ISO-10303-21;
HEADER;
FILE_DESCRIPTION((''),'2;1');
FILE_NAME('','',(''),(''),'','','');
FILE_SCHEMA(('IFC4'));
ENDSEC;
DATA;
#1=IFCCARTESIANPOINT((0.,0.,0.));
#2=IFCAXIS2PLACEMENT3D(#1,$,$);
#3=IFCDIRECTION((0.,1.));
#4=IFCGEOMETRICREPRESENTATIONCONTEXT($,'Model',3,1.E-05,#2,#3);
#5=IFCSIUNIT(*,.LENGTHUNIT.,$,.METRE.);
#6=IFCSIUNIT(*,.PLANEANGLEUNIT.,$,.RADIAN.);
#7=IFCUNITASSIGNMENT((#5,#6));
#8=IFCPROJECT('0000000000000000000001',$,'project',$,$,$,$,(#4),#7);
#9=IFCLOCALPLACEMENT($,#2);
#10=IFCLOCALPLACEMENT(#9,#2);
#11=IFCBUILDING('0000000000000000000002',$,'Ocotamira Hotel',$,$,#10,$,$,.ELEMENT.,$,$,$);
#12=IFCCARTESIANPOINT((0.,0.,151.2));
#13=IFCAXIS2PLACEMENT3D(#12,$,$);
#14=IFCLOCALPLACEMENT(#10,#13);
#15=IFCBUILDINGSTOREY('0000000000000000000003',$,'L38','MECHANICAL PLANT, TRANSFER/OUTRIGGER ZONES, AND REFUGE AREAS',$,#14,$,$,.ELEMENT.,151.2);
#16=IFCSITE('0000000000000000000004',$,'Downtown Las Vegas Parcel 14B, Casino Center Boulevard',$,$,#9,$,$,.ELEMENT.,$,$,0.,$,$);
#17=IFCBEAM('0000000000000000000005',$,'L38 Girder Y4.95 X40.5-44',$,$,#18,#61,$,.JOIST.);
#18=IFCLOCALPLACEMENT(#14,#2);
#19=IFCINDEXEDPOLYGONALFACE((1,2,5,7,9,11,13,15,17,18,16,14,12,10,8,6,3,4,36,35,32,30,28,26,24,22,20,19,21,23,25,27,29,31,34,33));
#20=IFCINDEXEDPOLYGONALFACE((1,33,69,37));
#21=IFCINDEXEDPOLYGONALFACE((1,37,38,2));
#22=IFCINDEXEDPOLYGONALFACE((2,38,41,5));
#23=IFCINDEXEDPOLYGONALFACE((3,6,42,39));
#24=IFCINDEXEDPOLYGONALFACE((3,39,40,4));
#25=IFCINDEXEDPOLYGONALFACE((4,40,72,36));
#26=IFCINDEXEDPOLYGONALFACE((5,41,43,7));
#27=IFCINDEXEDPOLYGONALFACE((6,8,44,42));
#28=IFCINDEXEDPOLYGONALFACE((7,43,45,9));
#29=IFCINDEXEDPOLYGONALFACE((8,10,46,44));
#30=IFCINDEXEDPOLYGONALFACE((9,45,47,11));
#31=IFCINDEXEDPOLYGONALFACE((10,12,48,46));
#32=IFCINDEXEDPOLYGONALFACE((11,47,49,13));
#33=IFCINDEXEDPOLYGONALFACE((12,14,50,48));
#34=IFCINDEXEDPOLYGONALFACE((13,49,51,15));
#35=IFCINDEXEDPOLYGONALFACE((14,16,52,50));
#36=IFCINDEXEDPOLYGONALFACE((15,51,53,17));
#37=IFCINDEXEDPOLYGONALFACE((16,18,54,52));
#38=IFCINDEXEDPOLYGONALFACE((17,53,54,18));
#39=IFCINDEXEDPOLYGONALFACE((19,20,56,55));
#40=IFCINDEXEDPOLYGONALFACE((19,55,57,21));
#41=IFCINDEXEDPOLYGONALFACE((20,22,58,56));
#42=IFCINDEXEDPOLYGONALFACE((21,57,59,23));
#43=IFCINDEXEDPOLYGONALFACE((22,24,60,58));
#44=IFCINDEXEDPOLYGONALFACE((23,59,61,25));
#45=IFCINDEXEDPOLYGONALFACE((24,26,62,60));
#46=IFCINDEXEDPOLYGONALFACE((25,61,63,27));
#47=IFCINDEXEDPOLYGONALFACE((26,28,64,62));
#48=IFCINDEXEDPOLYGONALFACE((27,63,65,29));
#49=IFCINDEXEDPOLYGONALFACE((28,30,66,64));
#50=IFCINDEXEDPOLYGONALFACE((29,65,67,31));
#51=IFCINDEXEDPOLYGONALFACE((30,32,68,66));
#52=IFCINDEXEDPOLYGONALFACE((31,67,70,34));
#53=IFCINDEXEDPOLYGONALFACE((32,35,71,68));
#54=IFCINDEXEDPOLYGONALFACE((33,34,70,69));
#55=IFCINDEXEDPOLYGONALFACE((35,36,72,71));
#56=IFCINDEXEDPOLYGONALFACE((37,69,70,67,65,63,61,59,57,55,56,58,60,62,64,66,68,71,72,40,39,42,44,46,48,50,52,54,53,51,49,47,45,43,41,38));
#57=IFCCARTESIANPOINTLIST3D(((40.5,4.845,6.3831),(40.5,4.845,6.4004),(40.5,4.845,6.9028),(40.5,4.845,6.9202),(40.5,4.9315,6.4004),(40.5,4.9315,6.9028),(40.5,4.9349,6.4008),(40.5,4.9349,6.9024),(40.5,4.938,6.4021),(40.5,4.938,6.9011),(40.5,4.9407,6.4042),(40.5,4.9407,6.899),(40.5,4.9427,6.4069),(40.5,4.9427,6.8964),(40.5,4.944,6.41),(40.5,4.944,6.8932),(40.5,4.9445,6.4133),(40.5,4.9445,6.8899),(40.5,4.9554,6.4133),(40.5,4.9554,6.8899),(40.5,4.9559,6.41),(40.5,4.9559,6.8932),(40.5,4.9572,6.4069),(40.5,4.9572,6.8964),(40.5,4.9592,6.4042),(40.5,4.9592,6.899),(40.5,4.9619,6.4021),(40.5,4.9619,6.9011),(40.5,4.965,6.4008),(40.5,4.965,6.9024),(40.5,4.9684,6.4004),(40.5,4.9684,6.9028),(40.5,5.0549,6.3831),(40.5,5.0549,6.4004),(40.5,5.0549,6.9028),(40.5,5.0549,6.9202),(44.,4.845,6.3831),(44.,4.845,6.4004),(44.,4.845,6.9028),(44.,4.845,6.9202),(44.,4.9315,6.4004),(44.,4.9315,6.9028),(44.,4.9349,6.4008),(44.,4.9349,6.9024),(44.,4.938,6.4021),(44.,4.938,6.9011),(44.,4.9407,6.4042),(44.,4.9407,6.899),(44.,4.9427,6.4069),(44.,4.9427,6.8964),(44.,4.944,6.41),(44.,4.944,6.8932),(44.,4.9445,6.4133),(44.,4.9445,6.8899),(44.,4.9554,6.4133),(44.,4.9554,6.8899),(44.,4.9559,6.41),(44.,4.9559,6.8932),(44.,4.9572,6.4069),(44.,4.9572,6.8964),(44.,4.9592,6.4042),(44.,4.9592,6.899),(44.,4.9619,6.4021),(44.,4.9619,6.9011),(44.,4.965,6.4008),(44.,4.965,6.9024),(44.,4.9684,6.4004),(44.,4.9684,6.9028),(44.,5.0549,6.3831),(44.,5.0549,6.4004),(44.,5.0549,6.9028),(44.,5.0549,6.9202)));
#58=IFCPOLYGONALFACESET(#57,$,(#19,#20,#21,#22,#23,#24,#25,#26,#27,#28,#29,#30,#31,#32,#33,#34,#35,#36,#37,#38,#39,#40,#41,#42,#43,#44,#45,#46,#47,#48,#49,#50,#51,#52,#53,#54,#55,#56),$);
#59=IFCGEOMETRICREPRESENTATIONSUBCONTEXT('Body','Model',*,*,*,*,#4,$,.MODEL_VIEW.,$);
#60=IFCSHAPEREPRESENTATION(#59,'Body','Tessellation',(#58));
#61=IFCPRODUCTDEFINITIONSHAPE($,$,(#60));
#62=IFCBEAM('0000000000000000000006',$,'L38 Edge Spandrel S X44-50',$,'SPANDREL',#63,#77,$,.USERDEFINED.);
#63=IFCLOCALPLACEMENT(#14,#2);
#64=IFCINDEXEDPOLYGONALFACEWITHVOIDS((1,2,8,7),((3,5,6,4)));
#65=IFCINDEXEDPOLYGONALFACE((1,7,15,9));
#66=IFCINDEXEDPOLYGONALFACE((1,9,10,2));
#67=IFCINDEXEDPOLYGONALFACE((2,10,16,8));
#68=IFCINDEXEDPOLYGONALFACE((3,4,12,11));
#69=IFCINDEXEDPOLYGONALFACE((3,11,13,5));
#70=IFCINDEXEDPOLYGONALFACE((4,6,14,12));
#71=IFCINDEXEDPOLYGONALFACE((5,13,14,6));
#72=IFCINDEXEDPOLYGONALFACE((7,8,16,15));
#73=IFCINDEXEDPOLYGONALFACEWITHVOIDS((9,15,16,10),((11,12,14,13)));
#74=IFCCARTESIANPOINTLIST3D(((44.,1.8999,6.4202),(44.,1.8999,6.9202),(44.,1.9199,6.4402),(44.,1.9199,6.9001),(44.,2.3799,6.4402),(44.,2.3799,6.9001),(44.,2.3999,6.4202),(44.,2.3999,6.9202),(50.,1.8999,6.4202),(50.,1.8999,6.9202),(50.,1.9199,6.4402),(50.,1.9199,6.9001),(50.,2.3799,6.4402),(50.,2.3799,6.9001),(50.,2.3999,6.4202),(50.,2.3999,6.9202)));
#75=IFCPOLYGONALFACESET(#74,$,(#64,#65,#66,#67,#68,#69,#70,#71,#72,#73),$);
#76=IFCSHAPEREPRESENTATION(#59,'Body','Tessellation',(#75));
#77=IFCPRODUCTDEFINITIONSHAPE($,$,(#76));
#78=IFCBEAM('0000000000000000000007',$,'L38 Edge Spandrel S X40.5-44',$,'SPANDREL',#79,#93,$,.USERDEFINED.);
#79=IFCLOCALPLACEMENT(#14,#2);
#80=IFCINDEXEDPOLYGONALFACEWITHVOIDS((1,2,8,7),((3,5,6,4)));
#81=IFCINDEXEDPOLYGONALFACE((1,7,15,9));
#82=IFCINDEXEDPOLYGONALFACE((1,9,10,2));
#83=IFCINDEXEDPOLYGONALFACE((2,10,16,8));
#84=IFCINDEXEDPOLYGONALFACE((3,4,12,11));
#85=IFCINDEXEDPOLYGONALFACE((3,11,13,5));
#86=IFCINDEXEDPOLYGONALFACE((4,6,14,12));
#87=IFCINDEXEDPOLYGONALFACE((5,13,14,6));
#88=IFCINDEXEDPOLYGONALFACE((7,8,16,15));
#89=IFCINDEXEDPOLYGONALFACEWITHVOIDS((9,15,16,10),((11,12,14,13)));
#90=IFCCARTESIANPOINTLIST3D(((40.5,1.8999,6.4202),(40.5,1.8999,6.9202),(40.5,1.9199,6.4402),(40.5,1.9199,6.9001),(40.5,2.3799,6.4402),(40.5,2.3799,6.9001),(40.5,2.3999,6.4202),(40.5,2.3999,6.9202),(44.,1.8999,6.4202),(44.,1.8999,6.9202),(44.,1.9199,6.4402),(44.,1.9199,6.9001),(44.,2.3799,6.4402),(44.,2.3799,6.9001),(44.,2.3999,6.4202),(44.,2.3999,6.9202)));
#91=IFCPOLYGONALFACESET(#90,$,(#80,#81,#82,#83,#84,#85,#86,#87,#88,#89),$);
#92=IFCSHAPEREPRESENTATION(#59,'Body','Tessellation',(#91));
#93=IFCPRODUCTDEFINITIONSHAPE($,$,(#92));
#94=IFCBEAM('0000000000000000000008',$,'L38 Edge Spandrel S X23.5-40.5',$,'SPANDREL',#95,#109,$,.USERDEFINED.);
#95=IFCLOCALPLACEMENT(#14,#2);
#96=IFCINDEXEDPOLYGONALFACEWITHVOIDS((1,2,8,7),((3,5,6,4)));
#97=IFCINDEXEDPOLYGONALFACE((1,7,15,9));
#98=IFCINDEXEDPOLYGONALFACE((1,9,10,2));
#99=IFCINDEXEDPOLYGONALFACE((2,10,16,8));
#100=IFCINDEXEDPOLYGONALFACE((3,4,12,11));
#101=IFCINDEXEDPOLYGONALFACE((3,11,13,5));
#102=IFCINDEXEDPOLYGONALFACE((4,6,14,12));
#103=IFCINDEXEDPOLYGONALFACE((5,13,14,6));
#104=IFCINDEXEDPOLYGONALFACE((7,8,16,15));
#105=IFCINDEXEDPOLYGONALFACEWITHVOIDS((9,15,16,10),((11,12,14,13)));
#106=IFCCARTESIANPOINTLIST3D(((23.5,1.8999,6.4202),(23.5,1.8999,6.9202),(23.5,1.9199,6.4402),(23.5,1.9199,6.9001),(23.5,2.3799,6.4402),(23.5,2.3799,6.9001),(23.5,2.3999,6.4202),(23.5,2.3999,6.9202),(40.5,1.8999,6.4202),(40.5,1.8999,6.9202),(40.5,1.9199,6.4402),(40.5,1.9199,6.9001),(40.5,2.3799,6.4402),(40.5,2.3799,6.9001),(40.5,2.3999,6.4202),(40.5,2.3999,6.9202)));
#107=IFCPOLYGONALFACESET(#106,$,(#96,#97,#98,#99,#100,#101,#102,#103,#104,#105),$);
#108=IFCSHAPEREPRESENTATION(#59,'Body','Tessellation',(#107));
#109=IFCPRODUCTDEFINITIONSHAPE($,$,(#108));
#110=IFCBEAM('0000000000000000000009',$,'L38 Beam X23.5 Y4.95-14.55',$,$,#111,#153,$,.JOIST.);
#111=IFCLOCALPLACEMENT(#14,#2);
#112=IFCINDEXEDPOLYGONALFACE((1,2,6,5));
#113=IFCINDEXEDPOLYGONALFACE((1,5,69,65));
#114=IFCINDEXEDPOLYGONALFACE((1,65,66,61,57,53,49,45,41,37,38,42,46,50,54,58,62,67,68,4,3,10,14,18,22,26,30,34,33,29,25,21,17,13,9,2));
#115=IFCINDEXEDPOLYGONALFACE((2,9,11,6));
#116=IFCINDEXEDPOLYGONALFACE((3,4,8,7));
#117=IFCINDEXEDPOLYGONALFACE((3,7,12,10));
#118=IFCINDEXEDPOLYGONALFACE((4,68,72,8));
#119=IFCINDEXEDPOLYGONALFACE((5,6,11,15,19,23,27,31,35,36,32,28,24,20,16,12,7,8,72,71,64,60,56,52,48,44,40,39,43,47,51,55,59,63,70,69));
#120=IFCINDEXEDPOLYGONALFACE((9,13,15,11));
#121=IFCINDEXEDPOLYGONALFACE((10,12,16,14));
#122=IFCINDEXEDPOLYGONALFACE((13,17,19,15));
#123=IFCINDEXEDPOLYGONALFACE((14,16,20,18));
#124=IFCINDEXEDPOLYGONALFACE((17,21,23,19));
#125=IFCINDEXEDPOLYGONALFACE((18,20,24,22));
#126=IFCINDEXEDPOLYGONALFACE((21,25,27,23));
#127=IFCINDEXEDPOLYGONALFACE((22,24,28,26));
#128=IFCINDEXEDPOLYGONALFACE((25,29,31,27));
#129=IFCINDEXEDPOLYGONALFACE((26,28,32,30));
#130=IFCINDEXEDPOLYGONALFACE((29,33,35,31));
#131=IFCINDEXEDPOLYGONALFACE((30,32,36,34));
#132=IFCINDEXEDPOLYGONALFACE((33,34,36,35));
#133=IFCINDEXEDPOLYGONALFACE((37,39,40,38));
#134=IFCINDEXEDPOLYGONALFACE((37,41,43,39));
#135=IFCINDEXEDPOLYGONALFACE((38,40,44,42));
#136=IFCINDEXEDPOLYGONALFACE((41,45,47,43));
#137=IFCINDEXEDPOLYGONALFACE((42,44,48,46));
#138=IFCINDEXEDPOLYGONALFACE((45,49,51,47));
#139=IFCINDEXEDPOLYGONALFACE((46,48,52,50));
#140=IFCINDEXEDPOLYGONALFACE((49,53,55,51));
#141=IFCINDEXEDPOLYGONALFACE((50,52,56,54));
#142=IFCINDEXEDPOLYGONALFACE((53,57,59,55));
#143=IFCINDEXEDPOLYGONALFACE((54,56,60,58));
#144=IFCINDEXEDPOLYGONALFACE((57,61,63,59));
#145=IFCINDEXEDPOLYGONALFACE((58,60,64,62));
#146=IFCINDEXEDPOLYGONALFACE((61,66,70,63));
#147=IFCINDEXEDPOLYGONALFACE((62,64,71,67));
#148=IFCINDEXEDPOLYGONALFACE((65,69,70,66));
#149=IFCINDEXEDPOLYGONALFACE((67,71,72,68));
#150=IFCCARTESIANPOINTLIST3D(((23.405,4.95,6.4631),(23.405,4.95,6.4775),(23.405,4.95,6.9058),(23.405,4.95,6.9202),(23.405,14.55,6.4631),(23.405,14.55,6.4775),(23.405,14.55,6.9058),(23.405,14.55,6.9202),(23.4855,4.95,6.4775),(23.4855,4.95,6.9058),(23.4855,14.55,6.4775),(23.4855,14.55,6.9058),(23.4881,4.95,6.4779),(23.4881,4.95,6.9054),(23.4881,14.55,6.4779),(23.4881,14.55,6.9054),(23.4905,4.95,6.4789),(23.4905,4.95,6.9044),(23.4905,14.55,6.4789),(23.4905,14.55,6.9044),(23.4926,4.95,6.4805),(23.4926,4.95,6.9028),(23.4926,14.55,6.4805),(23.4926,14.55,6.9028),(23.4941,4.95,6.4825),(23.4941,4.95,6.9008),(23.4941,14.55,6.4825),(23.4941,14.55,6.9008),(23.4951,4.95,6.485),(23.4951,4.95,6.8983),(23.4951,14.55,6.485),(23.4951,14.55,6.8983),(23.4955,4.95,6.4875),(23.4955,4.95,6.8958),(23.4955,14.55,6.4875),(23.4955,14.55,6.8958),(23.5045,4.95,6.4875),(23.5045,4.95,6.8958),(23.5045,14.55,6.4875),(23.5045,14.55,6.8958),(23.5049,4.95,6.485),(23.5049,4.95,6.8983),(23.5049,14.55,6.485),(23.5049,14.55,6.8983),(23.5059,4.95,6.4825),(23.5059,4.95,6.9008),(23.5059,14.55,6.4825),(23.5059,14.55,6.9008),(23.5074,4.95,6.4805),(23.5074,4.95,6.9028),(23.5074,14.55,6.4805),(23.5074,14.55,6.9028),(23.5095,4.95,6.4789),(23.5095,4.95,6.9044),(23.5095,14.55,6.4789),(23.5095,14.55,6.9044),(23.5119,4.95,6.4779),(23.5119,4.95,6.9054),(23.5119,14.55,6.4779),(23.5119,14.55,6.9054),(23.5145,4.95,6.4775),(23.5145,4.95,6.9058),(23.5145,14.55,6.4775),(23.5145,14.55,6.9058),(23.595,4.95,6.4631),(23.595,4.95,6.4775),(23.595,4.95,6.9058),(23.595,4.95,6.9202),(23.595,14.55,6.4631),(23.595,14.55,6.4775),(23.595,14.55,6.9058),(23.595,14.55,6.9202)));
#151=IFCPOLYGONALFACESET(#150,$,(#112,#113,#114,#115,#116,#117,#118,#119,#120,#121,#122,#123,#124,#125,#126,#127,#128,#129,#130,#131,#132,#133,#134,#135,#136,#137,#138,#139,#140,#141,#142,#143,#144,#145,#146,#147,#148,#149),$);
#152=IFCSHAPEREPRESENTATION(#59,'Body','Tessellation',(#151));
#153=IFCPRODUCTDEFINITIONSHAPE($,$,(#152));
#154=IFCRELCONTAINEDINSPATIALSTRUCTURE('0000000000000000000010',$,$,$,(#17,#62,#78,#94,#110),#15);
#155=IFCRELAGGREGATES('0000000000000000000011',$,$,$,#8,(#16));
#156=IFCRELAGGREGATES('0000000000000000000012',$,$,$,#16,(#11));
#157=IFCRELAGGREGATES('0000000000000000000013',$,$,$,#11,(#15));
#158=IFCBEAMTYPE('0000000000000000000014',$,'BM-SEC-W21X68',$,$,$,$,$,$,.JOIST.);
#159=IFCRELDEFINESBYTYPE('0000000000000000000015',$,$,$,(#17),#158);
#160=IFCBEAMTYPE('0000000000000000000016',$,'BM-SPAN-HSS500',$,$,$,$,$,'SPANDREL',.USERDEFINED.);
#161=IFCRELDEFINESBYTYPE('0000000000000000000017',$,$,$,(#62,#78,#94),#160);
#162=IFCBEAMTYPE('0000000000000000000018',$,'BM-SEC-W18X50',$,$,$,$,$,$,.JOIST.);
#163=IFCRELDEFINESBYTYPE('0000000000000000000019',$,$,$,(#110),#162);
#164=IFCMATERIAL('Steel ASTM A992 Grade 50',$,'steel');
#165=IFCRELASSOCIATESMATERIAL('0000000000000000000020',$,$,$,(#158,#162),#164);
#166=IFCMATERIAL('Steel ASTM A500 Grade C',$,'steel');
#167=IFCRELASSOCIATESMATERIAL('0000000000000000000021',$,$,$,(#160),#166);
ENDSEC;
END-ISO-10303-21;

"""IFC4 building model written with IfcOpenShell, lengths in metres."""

from ifc_helpers import new_model, si_unit, direction, frame, origin, origin_2d, place, context, subcontext, project, spatial, hollow_rectangle, i_section, extrude, source, transform, mapped, material, material_profile, profile_set, type_object, element, save


model = new_model("IFC4")

# Units and contexts
model_context = context("Model", 3, precision=1e-05, world=origin(), true_north=direction((0.0, 1.0)))
body_context = subcontext(model_context, "Body", "Model", "MODEL_VIEW")
ifc_project = project(units=[si_unit("LENGTHUNIT", "METRE"), si_unit("PLANEANGLEUNIT", "RADIAN")], contexts=[model_context])

# Site, building, storey
site_placement = place(None, origin())
site = spatial("IfcSite", under=ifc_project, at=site_placement, Name="Downtown Las Vegas Parcel 14B, Casino Center Boulevard", CompositionType="ELEMENT", RefElevation=0.0)
building_placement = place(site_placement, origin())
building = spatial("IfcBuilding", under=site, at=building_placement, Name="Ocotamira Hotel", CompositionType="ELEMENT")
storey_placement = place(building_placement, frame((0.0, 0.0, 151.2)))
storey = spatial("IfcBuildingStorey", under=building, at=storey_placement, Name="L38", Description="MECHANICAL PLANT, TRANSFER/OUTRIGGER ZONES, AND REFUGE AREAS", CompositionType="ELEMENT", Elevation=151.2)

# Beams
ifc_material_1 = material(Name="Steel ASTM A992 Grade 50", Category="steel")
ifc_material_profile_1 = material_profile(ifc_material_1, i_section(OverallWidth=0.21, OverallDepth=0.5371, WebThickness=0.011, FlangeThickness=0.0173, FilletRadius=0.0129, at=origin_2d()), Name="W21X68")
ifc_profile_set_1 = profile_set([ifc_material_profile_1], Name="Steel ASTM A992 Grade 50")
beam_type_1 = type_object("IfcBeamType", Name="BM-SEC-W21X68", PredefinedType="JOIST", material=ifc_profile_set_1)
shared_shape_1 = source(origin(), body_context, "Body", "SweptSolid", [
    extrude(i_section(OverallWidth=0.21, OverallDepth=0.5371, WebThickness=0.011, FlangeThickness=0.0173, FilletRadius=0.0129, at=origin_2d()), origin(), (0.0, 0.0, 1.0), 3.5),
])
beam_1_placement = place(storey_placement, frame((40.5, 4.95, 6.6516), z_axis=(1.0, 0.0, 0.0), x_axis=(0.0, 1.0, 0.0)))
element("IfcBeam", 1, at=beam_1_placement, inside=storey, type_object=beam_type_1, Name="L38 Girder Y4.95 X40.5-44", PredefinedType="JOIST", context=body_context, shape_type="MappedRepresentation", body=[
    mapped(shared_shape_1, transform((0.0, 0.0, 0.0), scale=1.0)),
])
ifc_material_2 = material(Name="Steel ASTM A500 Grade C", Category="steel")
ifc_material_profile_2 = material_profile(ifc_material_2, hollow_rectangle(XDim=0.5, YDim=0.5, WallThickness=0.02, at=origin_2d()), Name="HSS500X500X20")
ifc_profile_set_2 = profile_set([ifc_material_profile_2], Name="Steel ASTM A500 Grade C")
beam_type_2 = type_object("IfcBeamType", Name="BM-SPAN-HSS500", ElementType="SPANDREL", PredefinedType="USERDEFINED", material=ifc_profile_set_2)
shared_shape_2 = source(origin(), body_context, "Body", "SweptSolid", [
    extrude(hollow_rectangle(XDim=0.5, YDim=0.5, WallThickness=0.02, at=origin_2d()), origin(), (0.0, 0.0, 1.0), 6.0),
])
beam_2_placement = place(storey_placement, frame((44.0, 2.1499, 6.6702), z_axis=(1.0, 0.0, 0.0), x_axis=(0.0, 1.0, 0.0)))
element("IfcBeam", 2, at=beam_2_placement, inside=storey, type_object=beam_type_2, Name="L38 Edge Spandrel S X44-50", ObjectType="SPANDREL", PredefinedType="USERDEFINED", context=body_context, shape_type="MappedRepresentation", body=[
    mapped(shared_shape_2, transform((0.0, 0.0, 0.0), scale=1.0)),
])
shared_shape_3 = source(origin(), body_context, "Body", "SweptSolid", [
    extrude(hollow_rectangle(XDim=0.5, YDim=0.5, WallThickness=0.02, at=origin_2d()), origin(), (0.0, 0.0, 1.0), 3.5),
])
beam_3_placement = place(storey_placement, frame((40.5, 2.1499, 6.6702), z_axis=(1.0, 0.0, 0.0), x_axis=(0.0, 1.0, 0.0)))
element("IfcBeam", 3, at=beam_3_placement, inside=storey, type_object=beam_type_2, Name="L38 Edge Spandrel S X40.5-44", ObjectType="SPANDREL", PredefinedType="USERDEFINED", context=body_context, shape_type="MappedRepresentation", body=[
    mapped(shared_shape_3, transform((0.0, 0.0, 0.0), scale=1.0)),
])
shared_shape_4 = source(origin(), body_context, "Body", "SweptSolid", [
    extrude(hollow_rectangle(XDim=0.5, YDim=0.5, WallThickness=0.02, at=origin_2d()), origin(), (0.0, 0.0, 1.0), 17.0),
])
beam_4_placement = place(storey_placement, frame((23.5, 2.1499, 6.6702), z_axis=(1.0, 0.0, 0.0), x_axis=(0.0, 1.0, 0.0)))
element("IfcBeam", 4, at=beam_4_placement, inside=storey, type_object=beam_type_2, Name="L38 Edge Spandrel S X23.5-40.5", ObjectType="SPANDREL", PredefinedType="USERDEFINED", context=body_context, shape_type="MappedRepresentation", body=[
    mapped(shared_shape_4, transform((0.0, 0.0, 0.0), scale=1.0)),
])
ifc_material_profile_3 = material_profile(ifc_material_1, i_section(OverallWidth=0.1899, OverallDepth=0.457, WebThickness=0.009, FlangeThickness=0.0144, FilletRadius=0.01, at=origin_2d()), Name="W18X50")
ifc_profile_set_3 = profile_set([ifc_material_profile_3], Name="Steel ASTM A992 Grade 50")
beam_type_3 = type_object("IfcBeamType", Name="BM-SEC-W18X50", PredefinedType="JOIST", material=ifc_profile_set_3)
shared_shape_5 = source(origin(), body_context, "Body", "SweptSolid", [
    extrude(i_section(OverallWidth=0.1899, OverallDepth=0.457, WebThickness=0.009, FlangeThickness=0.0144, FilletRadius=0.01, at=origin_2d()), origin(), (0.0, 0.0, 1.0), 9.6001),
])
for number, where, z_axis, x_axis, name in (
    (5, (23.5, 4.95, 6.6917), (0.0, 1.0, 0.0), (-1.0, 0.0, 0.0), "L38 Beam X23.5 Y4.95-14.55"),
):
    element("IfcBeam", number, at=place(storey_placement, frame(where, z_axis=z_axis, x_axis=x_axis)), inside=storey, type_object=beam_type_3, Name=name, PredefinedType="JOIST", context=body_context, shape_type="MappedRepresentation", body=[
        mapped(shared_shape_5, transform((0.0, 0.0, 0.0), scale=1.0)),
    ])

save(model, "model.ifc")
